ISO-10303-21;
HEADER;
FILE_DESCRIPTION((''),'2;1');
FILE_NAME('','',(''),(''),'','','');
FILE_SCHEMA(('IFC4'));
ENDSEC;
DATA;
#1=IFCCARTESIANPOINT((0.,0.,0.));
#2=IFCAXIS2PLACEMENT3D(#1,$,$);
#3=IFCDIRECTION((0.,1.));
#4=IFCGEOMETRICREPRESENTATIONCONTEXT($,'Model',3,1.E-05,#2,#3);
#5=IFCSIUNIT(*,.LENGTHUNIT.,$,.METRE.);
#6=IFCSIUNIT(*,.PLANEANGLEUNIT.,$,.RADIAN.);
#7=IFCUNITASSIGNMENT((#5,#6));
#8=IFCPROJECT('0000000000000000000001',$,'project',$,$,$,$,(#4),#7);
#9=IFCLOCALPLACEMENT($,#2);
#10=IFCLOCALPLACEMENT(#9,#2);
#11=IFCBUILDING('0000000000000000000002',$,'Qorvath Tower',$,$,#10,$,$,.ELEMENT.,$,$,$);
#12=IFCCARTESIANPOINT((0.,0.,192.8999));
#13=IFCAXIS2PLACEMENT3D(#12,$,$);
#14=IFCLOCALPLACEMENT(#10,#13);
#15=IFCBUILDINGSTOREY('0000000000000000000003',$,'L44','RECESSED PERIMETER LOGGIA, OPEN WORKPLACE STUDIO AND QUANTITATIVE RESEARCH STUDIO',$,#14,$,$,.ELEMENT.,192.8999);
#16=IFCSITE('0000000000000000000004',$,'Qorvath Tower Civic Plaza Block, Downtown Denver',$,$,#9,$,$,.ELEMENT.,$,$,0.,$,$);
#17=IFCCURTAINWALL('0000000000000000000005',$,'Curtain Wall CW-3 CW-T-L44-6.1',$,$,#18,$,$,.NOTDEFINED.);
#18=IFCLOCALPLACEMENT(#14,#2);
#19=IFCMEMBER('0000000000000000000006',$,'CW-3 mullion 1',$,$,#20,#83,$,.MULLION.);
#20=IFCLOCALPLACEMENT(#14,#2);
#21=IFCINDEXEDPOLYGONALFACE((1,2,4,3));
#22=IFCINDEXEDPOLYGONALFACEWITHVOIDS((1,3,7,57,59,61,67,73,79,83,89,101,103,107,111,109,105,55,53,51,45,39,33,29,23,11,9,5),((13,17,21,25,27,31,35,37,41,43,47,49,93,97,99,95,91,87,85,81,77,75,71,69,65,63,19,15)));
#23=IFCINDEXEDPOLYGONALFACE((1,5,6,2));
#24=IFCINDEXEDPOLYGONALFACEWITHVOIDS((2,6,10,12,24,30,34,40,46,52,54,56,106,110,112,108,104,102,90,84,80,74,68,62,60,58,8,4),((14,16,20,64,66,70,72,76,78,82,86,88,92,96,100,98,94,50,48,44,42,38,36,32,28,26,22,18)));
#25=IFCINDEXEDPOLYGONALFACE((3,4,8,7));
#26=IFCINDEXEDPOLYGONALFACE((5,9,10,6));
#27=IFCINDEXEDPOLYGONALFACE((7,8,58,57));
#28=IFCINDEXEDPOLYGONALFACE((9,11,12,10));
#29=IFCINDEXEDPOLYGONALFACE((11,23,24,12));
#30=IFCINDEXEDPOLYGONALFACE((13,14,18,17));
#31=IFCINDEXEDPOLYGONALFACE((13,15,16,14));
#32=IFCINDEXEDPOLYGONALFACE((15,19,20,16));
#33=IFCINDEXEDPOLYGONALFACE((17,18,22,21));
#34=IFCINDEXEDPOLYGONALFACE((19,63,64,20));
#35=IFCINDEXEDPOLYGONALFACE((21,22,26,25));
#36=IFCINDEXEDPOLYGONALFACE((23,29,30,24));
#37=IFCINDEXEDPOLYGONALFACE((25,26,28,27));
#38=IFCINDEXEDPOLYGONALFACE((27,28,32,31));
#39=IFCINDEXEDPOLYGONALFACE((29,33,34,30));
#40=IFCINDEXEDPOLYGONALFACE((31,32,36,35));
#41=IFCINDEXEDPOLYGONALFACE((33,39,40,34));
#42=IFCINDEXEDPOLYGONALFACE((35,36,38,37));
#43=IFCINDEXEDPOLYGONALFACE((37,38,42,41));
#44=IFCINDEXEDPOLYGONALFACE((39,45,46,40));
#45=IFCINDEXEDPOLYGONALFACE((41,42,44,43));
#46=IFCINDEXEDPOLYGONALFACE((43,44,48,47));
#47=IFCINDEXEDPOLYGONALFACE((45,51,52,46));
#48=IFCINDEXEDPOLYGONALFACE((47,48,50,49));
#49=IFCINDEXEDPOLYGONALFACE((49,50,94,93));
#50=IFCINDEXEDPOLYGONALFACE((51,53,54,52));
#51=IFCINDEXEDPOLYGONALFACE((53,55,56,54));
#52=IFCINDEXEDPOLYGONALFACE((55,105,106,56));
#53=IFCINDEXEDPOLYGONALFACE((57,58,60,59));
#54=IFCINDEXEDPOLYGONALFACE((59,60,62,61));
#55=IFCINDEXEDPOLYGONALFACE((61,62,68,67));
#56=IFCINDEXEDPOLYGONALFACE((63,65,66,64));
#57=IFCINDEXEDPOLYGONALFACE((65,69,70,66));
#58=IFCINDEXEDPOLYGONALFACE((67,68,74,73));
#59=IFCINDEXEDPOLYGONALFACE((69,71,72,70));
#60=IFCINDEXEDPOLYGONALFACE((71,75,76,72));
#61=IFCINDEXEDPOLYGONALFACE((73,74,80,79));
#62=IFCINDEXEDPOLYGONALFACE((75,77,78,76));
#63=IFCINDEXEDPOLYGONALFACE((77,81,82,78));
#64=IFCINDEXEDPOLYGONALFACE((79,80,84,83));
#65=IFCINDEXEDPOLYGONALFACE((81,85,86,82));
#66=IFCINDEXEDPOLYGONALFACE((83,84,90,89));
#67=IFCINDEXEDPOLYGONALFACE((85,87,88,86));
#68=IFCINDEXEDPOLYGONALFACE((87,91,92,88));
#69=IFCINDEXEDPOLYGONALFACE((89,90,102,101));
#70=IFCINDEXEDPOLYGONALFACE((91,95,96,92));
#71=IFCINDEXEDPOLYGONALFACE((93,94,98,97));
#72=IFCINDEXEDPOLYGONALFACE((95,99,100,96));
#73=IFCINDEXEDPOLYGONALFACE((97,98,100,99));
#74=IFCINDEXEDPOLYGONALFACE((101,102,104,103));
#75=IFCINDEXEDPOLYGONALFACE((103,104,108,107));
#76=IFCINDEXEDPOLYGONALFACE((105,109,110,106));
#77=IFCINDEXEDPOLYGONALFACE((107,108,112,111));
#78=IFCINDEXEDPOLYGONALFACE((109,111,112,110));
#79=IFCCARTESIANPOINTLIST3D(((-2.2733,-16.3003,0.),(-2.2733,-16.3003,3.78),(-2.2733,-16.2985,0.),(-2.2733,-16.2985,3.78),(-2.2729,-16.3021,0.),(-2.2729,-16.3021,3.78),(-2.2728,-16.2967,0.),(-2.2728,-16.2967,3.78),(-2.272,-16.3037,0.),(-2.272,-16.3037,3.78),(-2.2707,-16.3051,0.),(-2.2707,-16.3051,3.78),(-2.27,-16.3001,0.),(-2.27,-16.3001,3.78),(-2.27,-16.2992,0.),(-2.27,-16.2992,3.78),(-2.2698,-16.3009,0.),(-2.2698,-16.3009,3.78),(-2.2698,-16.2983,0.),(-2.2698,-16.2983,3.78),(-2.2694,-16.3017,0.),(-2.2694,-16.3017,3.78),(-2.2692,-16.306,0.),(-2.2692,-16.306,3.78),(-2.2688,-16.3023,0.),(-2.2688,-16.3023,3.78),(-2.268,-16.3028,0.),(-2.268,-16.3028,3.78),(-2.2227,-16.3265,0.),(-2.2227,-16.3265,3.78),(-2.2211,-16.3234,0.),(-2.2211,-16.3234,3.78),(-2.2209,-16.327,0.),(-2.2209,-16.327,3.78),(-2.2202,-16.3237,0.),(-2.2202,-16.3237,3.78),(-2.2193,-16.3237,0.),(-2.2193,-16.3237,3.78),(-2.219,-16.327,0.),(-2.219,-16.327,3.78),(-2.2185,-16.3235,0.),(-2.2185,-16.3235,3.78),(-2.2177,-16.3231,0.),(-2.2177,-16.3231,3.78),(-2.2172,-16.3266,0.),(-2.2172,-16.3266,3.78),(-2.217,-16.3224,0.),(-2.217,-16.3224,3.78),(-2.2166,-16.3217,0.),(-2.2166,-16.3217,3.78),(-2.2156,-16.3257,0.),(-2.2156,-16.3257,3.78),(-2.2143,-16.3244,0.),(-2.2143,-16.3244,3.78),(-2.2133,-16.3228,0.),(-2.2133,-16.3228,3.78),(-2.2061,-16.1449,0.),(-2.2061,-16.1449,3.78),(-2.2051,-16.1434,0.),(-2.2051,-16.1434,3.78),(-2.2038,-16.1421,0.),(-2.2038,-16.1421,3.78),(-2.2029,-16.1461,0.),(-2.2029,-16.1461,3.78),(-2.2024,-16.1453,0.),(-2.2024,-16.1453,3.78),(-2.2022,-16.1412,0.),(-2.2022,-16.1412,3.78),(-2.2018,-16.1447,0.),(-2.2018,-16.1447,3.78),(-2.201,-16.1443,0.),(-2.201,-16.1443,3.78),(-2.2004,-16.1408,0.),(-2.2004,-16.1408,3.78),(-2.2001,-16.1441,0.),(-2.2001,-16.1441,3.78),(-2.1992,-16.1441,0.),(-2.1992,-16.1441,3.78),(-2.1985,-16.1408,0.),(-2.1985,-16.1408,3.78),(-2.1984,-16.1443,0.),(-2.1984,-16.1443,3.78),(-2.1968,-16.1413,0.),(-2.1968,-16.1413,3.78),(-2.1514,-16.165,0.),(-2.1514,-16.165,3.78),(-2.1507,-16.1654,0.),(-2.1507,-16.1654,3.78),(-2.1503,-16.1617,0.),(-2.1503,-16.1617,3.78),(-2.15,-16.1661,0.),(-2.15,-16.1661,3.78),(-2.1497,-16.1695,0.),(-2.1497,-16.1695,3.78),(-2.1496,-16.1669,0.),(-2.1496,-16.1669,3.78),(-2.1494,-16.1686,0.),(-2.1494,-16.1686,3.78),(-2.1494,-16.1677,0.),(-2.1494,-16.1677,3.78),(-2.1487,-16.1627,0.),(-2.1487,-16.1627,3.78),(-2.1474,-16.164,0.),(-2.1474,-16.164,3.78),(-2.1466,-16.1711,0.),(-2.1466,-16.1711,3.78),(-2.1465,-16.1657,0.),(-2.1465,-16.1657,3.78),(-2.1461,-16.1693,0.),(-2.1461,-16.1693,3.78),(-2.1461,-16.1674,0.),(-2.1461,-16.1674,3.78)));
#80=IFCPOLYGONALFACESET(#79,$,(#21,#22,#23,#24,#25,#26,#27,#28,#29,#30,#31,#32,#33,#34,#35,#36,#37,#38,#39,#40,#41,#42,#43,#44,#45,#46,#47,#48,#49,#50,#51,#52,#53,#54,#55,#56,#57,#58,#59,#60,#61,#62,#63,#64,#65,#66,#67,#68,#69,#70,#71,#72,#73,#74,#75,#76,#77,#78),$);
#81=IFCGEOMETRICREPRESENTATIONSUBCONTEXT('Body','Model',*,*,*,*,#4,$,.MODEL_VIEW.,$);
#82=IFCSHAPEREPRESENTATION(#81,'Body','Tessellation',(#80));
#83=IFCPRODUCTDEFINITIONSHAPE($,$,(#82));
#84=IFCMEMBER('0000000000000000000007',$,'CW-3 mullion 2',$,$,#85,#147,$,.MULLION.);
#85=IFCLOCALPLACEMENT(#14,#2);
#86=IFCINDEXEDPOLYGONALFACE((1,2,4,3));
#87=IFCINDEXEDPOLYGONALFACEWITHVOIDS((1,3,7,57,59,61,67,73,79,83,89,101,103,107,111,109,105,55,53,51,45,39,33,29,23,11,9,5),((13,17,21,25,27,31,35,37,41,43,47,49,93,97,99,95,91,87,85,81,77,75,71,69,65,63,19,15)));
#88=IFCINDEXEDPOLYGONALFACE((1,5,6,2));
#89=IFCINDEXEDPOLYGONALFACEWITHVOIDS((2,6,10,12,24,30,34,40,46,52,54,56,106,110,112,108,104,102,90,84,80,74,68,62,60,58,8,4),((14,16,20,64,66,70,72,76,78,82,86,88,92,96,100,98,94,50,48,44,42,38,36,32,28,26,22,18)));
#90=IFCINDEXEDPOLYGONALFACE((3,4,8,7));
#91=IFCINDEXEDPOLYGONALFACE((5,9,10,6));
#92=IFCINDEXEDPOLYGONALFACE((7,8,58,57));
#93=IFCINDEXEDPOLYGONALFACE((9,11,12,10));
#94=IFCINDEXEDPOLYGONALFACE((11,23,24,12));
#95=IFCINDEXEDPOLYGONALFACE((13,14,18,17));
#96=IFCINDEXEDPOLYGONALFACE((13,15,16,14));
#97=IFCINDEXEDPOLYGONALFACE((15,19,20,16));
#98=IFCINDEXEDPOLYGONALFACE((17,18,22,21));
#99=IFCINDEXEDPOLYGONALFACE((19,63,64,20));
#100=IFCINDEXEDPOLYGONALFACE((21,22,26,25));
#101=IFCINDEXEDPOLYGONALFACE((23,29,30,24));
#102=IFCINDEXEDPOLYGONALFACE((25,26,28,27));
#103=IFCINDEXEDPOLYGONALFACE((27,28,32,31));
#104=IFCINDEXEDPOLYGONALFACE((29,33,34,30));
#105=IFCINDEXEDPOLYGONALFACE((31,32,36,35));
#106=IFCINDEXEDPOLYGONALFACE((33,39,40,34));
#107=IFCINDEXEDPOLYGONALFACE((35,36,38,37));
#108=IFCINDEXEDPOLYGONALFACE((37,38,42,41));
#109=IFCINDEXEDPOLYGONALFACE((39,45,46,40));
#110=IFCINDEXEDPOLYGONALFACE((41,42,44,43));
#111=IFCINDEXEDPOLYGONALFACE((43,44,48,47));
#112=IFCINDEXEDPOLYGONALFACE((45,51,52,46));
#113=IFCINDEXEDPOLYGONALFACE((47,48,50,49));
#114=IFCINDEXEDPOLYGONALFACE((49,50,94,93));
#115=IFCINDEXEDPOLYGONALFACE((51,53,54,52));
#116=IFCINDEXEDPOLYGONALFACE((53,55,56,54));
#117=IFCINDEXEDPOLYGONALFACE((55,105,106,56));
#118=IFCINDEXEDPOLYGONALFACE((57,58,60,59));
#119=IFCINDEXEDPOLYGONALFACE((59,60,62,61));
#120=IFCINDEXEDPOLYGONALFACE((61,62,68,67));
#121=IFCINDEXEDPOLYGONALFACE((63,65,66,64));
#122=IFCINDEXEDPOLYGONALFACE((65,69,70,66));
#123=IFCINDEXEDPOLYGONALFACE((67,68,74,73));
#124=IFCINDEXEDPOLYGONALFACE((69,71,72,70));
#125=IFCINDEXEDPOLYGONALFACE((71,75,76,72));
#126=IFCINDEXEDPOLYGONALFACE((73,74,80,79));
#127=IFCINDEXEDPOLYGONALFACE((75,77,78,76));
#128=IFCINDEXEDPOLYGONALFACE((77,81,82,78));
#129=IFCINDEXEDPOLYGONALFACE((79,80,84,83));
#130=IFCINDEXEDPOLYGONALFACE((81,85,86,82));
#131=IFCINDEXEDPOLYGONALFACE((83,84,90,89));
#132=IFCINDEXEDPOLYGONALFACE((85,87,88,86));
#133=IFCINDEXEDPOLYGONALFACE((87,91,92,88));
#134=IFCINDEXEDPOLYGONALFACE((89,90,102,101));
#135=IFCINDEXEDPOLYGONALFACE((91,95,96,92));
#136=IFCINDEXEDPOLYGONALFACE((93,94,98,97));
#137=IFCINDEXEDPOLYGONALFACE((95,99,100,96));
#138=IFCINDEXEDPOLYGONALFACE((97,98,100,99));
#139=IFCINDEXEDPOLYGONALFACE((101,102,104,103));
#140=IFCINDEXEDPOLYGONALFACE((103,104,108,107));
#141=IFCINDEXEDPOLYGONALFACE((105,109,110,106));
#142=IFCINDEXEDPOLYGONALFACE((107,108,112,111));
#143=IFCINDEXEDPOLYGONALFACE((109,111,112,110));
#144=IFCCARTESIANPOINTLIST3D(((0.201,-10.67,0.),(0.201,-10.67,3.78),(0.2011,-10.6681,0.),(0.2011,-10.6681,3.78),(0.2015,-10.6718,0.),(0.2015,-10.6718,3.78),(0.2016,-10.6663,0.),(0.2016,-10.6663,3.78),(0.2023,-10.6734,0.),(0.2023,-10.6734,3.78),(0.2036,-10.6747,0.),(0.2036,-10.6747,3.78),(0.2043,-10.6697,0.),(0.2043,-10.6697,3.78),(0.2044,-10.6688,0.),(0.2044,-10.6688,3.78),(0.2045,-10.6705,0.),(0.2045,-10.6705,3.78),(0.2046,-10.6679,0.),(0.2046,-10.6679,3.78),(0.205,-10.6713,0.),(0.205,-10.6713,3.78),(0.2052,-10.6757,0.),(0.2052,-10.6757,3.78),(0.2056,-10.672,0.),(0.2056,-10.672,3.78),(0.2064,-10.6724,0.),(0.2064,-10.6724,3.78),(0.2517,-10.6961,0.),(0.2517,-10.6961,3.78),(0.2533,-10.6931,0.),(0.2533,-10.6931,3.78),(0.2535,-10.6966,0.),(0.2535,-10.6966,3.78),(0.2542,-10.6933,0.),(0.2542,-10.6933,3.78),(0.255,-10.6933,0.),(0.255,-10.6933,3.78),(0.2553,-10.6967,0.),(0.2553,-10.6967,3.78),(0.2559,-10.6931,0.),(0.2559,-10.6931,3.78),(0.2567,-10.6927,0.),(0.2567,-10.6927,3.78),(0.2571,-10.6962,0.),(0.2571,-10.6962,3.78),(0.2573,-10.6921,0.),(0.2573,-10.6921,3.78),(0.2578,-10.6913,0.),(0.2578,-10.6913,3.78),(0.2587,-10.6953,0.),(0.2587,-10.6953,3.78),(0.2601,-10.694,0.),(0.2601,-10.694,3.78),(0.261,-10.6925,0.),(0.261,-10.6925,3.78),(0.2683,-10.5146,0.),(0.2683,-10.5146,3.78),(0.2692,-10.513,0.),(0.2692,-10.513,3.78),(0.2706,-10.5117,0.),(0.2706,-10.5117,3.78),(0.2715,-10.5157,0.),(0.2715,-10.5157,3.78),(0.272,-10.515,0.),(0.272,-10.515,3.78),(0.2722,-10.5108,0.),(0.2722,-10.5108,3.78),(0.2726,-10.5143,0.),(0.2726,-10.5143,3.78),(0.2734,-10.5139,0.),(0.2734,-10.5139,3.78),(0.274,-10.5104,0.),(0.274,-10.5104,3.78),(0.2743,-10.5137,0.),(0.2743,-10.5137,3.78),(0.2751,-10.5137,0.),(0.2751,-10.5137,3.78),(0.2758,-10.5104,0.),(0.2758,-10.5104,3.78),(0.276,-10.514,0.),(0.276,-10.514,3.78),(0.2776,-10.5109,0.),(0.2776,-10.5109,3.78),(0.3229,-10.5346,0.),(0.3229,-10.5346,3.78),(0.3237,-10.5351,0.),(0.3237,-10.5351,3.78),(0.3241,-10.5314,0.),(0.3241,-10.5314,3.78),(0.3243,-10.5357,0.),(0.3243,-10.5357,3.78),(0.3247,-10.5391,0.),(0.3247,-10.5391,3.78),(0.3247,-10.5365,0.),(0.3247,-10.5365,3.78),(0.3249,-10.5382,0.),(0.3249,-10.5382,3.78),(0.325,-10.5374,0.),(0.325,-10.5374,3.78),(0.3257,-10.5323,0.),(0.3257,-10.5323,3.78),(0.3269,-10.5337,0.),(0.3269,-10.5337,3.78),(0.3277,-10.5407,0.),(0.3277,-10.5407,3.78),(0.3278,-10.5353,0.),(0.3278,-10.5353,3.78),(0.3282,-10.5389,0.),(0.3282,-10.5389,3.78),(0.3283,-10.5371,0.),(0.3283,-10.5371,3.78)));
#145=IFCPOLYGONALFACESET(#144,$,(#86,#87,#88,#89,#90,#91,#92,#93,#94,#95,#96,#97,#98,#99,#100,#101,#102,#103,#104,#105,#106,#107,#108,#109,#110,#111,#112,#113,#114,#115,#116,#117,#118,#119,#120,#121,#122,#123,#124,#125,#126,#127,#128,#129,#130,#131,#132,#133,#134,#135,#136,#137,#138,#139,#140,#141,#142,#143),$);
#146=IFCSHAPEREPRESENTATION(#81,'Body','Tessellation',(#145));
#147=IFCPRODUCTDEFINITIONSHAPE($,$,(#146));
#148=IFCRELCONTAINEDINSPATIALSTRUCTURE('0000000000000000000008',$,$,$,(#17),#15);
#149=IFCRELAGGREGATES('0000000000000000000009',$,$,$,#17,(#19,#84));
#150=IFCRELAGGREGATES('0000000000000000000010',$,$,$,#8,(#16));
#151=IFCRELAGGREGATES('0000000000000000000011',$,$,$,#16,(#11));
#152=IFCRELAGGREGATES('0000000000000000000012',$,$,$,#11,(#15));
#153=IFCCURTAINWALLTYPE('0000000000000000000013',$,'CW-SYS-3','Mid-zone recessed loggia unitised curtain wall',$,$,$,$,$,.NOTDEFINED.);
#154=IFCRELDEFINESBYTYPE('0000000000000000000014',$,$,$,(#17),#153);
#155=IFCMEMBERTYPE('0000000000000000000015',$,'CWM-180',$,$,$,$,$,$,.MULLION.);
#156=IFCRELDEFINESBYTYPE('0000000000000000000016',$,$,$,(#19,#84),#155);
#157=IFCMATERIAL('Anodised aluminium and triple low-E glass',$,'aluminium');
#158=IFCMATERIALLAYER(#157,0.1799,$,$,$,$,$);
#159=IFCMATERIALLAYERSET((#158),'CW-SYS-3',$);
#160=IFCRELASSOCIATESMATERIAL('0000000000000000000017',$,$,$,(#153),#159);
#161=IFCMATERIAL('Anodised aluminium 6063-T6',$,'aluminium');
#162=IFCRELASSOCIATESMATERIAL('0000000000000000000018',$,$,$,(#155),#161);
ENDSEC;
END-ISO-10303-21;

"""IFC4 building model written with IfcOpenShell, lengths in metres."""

from ifc_helpers import new_model, si_unit, direction, frame, origin, origin_2d, place, context, subcontext, project, spatial, hollow_rectangle, extrude, material, layer, layer_set, material_profile, profile_set, type_object, element, aggregate, save


model = new_model("IFC4")

# Units and contexts
model_context = context("Model", 3, precision=1e-05, world=origin(), true_north=direction((0.0, 1.0)))
body_context = subcontext(model_context, "Body", "Model", "MODEL_VIEW")
ifc_project = project(units=[si_unit("LENGTHUNIT", "METRE"), si_unit("PLANEANGLEUNIT", "RADIAN")], contexts=[model_context])

# Site, building, storey
site_placement = place(None, origin())
site = spatial("IfcSite", under=ifc_project, at=site_placement, Name="Qorvath Tower Civic Plaza Block, Downtown Denver", CompositionType="ELEMENT", RefElevation=0.0)
building_placement = place(site_placement, origin())
building = spatial("IfcBuilding", under=site, at=building_placement, Name="Qorvath Tower", CompositionType="ELEMENT")
storey_placement = place(building_placement, frame((0.0, 0.0, 192.8999)))
storey = spatial("IfcBuildingStorey", under=building, at=storey_placement, Name="L44", Description="RECESSED PERIMETER LOGGIA, OPEN WORKPLACE STUDIO AND QUANTITATIVE RESEARCH STUDIO", CompositionType="ELEMENT", Elevation=192.8999)

# Curtain wall, members
ifc_material_1 = material(Name="Anodised aluminium and triple low-E glass", Category="aluminium")
ifc_layer_1 = layer(ifc_material_1, 0.1799)
ifc_layer_set_1 = layer_set([ifc_layer_1], Name="CW-SYS-3")
curtain_wall_type = type_object("IfcCurtainWallType", Name="CW-SYS-3", Description="Mid-zone recessed loggia unitised curtain wall", PredefinedType="NOTDEFINED", material=ifc_layer_set_1)
ifc_material_2 = material(Name="Anodised aluminium 6063-T6", Category="aluminium")
ifc_material_profile_1 = material_profile(ifc_material_2, hollow_rectangle(XDim=0.0649, YDim=0.1799, WallThickness=0.0034, InnerFilletRadius=0.0034, OuterFilletRadius=0.0071, at=origin_2d()), Name="CWM 180x65")
ifc_profile_set_1 = profile_set([ifc_material_profile_1], Name="Anodised aluminium 6063-T6")
member_type_1 = type_object("IfcMemberType", Name="CWM-180", PredefinedType="MULLION", material=ifc_profile_set_1)
curtain_wall_1_placement = place(storey_placement, origin())
curtain_wall_1 = element("IfcCurtainWall", 1, at=curtain_wall_1_placement, inside=storey, type_object=curtain_wall_type, Name="Curtain Wall CW-3 CW-T-L44-6.1", PredefinedType="NOTDEFINED")
member_1_placement = place(storey_placement, frame((-2.2097, -16.2339, 0.0), z_axis=(0.0, 0.0, 1.0), x_axis=(-0.915499, 0.402321, 0.0)))
member_1 = element("IfcMember", 2, at=member_1_placement, type_object=member_type_1, Name="CW-3 mullion 1", PredefinedType="MULLION", context=body_context, shape_type="SweptSolid", body=[
    extrude(hollow_rectangle(XDim=0.0649, YDim=0.1799, WallThickness=0.0034, InnerFilletRadius=0.0034, OuterFilletRadius=0.0071, at=origin_2d()), origin(), (0.0, 0.0, 1.0), 3.78),
])
member_2_placement = place(storey_placement, frame((0.2646, -10.6035, 0.0), z_axis=(0.0, 0.0, 1.0), x_axis=(-0.915499, 0.402321, 0.0)))
member_2 = element("IfcMember", 3, at=member_2_placement, type_object=member_type_1, Name="CW-3 mullion 2", PredefinedType="MULLION", context=body_context, shape_type="SweptSolid", body=[
    extrude(hollow_rectangle(XDim=0.0649, YDim=0.1799, WallThickness=0.0034, InnerFilletRadius=0.0034, OuterFilletRadius=0.0071, at=origin_2d()), origin(), (0.0, 0.0, 1.0), 3.78),
])

aggregate(curtain_wall_1, [member_1, member_2])

save(model, "model.ifc")
